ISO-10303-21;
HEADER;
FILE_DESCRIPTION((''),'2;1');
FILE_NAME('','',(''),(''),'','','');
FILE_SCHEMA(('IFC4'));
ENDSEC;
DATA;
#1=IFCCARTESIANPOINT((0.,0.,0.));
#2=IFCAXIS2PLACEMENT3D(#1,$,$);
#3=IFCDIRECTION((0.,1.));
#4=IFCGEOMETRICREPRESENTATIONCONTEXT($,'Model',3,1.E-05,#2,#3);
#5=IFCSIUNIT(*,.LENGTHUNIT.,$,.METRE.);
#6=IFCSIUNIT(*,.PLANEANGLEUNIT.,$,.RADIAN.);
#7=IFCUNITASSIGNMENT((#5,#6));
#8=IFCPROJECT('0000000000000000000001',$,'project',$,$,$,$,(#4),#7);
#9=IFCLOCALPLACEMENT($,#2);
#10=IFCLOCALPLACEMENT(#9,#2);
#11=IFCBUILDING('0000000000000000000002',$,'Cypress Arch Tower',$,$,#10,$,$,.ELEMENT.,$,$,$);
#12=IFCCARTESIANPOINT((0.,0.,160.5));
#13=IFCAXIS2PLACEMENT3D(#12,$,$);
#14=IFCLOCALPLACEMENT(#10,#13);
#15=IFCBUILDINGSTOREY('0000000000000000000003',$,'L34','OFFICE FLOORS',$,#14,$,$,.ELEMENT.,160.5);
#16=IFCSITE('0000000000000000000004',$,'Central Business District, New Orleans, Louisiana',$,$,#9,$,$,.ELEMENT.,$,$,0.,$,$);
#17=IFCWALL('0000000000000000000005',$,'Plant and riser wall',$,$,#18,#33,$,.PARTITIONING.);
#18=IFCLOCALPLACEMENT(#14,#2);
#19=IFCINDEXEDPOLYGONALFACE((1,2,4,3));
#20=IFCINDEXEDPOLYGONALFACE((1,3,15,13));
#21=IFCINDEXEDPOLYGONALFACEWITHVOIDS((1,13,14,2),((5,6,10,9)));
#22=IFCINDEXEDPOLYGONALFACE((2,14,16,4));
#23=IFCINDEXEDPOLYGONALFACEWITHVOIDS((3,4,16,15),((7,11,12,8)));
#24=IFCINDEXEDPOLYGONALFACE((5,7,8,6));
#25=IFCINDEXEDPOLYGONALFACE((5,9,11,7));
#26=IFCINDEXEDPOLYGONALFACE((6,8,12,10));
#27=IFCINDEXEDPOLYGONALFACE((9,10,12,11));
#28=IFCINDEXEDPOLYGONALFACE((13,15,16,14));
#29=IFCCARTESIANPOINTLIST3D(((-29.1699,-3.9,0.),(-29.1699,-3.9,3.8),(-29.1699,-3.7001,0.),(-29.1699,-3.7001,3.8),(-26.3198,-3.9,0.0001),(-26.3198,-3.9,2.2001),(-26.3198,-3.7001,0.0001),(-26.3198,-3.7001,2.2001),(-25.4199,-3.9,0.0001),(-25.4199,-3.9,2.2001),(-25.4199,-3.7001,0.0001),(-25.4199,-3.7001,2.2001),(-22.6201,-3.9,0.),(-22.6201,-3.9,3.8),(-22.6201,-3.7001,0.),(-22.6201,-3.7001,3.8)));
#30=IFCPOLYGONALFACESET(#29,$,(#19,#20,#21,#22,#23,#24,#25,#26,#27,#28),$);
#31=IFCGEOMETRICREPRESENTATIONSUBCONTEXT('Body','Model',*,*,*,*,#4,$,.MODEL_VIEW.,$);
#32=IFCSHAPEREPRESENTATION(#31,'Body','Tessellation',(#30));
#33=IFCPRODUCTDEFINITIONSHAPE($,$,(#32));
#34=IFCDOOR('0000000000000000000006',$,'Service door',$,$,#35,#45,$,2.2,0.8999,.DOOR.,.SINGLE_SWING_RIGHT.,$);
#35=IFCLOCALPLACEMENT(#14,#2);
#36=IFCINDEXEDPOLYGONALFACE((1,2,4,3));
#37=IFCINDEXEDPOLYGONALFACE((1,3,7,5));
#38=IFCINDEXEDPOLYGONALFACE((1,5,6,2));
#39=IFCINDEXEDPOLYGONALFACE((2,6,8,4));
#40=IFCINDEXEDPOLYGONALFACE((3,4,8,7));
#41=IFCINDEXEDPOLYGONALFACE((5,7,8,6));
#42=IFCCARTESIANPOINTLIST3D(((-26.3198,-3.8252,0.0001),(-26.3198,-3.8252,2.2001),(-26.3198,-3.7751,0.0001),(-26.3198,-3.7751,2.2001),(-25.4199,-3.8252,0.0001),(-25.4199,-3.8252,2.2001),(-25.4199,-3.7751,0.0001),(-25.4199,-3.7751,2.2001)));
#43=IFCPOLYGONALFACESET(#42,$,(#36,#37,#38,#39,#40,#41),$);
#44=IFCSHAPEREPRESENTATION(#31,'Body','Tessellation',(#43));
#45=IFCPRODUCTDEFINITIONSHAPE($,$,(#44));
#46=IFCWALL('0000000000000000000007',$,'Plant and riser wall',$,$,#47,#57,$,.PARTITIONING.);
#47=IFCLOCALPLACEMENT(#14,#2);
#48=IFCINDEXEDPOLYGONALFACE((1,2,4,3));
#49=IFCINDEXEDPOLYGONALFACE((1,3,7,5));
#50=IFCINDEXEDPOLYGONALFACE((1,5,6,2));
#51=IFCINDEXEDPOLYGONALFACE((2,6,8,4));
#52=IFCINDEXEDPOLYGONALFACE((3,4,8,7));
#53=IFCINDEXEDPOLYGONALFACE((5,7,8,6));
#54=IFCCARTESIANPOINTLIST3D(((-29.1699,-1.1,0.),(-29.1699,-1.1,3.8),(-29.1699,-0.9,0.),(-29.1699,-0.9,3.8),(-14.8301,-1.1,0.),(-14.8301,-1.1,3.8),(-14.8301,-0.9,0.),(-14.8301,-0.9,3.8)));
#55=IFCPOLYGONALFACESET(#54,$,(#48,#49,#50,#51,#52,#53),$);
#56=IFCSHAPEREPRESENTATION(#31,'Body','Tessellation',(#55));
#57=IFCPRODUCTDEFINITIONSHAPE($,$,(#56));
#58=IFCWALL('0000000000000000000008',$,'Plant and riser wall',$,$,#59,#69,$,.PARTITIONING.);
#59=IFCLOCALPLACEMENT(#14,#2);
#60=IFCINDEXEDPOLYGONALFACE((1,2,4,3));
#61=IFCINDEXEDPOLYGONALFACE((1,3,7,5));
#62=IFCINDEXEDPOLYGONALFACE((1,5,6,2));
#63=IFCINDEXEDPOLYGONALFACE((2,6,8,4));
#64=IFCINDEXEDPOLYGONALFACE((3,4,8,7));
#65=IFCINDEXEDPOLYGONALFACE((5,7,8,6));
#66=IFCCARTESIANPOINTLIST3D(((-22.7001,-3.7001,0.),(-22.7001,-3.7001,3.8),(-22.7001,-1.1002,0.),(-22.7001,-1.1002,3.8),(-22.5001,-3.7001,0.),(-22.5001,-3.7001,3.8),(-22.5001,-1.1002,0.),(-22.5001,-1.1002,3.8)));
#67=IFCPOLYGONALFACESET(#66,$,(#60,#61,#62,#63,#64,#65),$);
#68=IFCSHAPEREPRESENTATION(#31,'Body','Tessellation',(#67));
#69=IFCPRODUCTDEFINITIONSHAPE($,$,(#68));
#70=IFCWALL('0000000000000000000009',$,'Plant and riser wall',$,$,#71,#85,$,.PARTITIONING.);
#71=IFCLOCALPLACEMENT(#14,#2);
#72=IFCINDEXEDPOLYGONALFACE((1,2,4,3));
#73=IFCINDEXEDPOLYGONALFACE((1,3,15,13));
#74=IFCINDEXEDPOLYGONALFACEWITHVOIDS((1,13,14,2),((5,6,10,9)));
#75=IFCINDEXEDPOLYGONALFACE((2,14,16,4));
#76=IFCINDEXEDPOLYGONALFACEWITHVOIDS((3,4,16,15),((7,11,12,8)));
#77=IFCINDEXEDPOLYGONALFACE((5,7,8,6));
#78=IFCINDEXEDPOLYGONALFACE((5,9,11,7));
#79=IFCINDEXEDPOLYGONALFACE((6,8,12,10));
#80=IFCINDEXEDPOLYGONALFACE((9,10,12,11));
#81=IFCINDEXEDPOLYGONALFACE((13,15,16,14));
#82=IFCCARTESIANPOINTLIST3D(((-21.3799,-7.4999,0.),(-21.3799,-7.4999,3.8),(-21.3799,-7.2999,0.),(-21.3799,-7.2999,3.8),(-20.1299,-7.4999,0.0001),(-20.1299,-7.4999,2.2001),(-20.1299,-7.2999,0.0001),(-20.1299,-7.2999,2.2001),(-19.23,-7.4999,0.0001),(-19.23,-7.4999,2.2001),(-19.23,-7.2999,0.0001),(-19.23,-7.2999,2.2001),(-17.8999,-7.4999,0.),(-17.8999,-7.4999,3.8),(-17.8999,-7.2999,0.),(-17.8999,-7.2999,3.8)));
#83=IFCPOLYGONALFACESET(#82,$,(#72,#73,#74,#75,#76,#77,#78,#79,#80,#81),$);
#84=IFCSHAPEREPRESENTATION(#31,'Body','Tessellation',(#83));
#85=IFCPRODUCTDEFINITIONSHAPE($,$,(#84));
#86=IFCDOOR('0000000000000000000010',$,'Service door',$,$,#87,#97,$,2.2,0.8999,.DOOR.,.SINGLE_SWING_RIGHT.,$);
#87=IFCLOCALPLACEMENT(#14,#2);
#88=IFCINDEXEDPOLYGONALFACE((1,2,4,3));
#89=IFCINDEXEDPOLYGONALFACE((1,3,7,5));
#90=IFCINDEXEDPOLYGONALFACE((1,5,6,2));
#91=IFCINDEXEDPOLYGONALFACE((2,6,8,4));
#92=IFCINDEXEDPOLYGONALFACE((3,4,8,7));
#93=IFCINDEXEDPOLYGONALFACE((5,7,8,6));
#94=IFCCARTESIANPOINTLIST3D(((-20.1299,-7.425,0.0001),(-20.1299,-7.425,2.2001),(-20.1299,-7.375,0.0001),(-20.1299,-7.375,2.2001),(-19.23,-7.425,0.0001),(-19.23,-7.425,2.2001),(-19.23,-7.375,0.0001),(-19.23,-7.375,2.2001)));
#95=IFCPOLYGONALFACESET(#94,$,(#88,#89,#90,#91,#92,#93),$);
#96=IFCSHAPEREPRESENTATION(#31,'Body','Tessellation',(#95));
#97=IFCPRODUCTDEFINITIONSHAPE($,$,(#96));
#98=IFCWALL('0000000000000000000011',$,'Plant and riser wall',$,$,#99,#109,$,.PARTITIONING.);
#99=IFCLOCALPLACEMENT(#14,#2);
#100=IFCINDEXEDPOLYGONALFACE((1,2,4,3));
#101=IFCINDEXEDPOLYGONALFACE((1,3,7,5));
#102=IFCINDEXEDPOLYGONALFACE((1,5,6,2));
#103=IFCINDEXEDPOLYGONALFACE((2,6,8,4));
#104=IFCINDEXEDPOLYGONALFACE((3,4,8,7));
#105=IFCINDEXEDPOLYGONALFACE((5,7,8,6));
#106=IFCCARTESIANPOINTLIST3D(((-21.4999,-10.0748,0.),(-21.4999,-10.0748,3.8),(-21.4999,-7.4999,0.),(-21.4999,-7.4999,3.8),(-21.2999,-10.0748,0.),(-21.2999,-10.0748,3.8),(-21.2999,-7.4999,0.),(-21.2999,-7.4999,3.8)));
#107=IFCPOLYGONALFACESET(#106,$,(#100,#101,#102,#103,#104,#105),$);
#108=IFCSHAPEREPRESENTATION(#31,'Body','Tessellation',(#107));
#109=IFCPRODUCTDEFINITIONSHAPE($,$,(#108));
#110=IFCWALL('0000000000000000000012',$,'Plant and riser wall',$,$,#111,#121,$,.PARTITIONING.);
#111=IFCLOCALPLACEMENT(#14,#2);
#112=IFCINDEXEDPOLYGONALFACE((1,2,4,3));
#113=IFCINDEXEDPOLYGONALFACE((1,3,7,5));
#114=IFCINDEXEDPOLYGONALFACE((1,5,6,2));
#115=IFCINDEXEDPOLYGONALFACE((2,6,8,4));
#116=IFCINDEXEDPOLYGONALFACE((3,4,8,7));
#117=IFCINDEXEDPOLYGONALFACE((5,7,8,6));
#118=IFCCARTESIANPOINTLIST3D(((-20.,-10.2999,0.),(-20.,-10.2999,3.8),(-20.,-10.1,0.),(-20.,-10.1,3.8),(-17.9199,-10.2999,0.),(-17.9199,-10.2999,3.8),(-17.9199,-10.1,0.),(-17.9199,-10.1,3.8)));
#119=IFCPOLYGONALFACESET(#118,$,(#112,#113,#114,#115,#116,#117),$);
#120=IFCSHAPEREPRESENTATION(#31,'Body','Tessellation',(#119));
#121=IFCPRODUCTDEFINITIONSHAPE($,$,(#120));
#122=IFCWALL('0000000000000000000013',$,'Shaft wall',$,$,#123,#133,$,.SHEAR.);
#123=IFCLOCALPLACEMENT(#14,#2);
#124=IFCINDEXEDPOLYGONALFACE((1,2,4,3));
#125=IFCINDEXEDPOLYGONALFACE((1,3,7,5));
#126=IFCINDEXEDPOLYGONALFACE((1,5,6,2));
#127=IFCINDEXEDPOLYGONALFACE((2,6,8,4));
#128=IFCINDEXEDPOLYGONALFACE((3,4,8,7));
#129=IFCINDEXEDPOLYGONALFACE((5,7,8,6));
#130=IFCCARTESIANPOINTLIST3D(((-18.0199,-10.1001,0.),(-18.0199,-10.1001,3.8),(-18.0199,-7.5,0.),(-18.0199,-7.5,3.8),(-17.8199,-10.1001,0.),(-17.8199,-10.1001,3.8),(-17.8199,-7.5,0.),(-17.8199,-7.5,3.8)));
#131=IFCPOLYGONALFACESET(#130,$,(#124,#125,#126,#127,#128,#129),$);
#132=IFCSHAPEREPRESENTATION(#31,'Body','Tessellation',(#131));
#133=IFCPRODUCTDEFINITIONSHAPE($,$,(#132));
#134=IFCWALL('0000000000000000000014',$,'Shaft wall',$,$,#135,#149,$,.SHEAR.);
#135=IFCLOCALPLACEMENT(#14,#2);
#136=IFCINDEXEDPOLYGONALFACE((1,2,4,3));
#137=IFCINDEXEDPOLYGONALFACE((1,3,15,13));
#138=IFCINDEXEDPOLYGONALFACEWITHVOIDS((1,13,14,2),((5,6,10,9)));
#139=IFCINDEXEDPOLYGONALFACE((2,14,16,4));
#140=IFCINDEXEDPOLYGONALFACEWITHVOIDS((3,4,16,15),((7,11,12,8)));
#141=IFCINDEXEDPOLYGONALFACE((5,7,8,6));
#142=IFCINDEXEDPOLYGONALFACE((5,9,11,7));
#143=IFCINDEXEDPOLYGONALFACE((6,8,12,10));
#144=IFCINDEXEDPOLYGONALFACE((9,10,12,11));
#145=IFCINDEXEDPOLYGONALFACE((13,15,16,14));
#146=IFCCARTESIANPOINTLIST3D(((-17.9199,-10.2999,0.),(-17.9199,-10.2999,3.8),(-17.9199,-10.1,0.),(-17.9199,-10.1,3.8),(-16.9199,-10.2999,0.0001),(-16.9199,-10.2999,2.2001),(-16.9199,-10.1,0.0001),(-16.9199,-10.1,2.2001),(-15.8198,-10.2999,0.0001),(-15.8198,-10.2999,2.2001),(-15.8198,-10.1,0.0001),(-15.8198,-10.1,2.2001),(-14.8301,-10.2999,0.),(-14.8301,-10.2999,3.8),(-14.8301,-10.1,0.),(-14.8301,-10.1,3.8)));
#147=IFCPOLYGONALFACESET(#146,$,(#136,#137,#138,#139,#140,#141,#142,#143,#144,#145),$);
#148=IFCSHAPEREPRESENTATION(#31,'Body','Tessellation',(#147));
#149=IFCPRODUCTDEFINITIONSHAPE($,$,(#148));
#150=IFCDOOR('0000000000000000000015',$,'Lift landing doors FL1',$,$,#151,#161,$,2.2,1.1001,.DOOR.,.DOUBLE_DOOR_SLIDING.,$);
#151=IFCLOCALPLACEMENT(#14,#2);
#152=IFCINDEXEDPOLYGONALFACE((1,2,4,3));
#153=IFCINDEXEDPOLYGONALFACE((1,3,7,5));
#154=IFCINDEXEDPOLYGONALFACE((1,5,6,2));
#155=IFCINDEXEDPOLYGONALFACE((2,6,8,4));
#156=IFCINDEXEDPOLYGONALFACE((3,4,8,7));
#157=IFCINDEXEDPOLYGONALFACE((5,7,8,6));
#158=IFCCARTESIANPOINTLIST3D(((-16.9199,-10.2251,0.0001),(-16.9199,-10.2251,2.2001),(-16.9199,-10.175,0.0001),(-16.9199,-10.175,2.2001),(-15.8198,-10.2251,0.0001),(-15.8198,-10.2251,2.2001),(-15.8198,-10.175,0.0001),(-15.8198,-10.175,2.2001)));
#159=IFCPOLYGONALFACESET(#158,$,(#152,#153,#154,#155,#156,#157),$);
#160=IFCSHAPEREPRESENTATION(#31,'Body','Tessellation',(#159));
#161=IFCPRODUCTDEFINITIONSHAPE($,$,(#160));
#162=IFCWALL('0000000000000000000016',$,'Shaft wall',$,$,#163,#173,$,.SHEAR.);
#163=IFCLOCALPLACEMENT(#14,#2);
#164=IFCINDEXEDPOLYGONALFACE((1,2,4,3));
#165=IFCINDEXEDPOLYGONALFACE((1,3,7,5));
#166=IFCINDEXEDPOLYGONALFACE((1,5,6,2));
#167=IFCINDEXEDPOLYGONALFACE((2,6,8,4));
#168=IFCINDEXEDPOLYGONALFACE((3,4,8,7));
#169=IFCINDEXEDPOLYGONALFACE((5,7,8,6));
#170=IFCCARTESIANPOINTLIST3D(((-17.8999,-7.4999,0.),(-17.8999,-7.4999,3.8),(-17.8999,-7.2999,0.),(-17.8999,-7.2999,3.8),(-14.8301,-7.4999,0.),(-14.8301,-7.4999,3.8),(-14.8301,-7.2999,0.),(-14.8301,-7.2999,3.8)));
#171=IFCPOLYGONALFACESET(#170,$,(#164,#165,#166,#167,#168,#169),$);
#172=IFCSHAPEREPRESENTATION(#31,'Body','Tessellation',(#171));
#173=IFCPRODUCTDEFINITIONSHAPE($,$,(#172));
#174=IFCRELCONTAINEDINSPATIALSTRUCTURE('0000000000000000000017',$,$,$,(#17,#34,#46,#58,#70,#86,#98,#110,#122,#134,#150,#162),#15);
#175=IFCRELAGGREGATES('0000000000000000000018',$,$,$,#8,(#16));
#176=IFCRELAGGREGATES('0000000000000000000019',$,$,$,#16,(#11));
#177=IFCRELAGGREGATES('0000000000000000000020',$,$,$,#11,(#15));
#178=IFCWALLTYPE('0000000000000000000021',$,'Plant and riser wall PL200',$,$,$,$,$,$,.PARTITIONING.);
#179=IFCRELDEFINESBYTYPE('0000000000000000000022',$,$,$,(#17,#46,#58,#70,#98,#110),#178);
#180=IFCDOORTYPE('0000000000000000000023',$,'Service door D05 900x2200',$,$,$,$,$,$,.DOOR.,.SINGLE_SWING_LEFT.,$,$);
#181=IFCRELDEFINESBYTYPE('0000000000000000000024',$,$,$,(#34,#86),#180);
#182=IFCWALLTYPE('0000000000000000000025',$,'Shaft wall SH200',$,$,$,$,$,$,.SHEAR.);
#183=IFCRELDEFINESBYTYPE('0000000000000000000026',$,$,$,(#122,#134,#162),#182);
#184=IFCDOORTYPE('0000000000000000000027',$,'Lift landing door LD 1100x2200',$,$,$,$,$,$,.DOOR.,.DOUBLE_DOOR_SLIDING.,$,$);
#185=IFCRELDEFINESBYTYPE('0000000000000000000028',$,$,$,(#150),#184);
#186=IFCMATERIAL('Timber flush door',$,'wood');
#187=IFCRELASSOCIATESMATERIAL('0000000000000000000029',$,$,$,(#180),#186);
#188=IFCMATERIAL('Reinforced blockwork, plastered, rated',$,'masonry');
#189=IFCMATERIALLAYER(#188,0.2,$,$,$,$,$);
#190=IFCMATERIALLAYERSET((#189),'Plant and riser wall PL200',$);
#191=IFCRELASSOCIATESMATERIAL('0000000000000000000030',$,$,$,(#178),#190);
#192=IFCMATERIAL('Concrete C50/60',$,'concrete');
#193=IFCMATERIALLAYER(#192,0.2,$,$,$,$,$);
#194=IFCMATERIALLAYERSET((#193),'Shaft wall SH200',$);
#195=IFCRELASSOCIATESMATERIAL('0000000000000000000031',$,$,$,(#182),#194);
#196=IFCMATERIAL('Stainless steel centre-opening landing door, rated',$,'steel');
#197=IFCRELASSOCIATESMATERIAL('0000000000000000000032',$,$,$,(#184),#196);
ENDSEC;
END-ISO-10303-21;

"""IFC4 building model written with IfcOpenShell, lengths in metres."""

from ifc_helpers import new_model, si_unit, direction, frame, frame_2d, origin, place, context, subcontext, project, spatial, rectangle, extrude, material, layer, layer_set, type_object, element, fill, save


model = new_model("IFC4")

# Units and contexts
model_context = context("Model", 3, precision=1e-05, world=origin(), true_north=direction((0.0, 1.0)))
body_context = subcontext(model_context, "Body", "Model", "MODEL_VIEW")
ifc_project = project(units=[si_unit("LENGTHUNIT", "METRE"), si_unit("PLANEANGLEUNIT", "RADIAN")], contexts=[model_context])

# Site, building, storey
site_placement = place(None, origin())
site = spatial("IfcSite", under=ifc_project, at=site_placement, Name="Central Business District, New Orleans, Louisiana", CompositionType="ELEMENT", RefElevation=0.0)
building_placement = place(site_placement, origin())
building = spatial("IfcBuilding", under=site, at=building_placement, Name="Cypress Arch Tower", CompositionType="ELEMENT")
storey_placement = place(building_placement, frame((0.0, 0.0, 160.5)))
storey = spatial("IfcBuildingStorey", under=building, at=storey_placement, Name="L34", Description="OFFICE FLOORS", CompositionType="ELEMENT", Elevation=160.5)

# Shared definitions
ifc_material_1 = material(Name="Timber flush door", Category="wood")
door_type_1 = type_object("IfcDoorType", Name="Service door D05 900x2200", OperationType="SINGLE_SWING_LEFT", PredefinedType="DOOR", material=ifc_material_1)

# Wall, opening, door
ifc_material_2 = material(Name="Reinforced blockwork, plastered, rated", Category="masonry")
ifc_layer_1 = layer(ifc_material_2, 0.2)
ifc_layer_set_1 = layer_set([ifc_layer_1], Name="Plant and riser wall PL200")
wall_type_1 = type_object("IfcWallType", Name="Plant and riser wall PL200", PredefinedType="PARTITIONING", material=ifc_layer_set_1)
wall_1_placement = place(storey_placement, frame((-29.1699, -3.8, 0.0), z_axis=(0.0, 0.0, 1.0), x_axis=(1.0, 0.0, 0.0)))
wall_1 = element("IfcWall", 1, at=wall_1_placement, inside=storey, type_object=wall_type_1, Name="Plant and riser wall", PredefinedType="PARTITIONING", context=body_context, shape_type="SweptSolid", body=[
    extrude(rectangle(XDim=6.5498, YDim=0.2, at=frame_2d((3.2749, 0.0))), origin(), (0.0, 0.0, 1.0), 3.8),
])
opening_1_placement = place(wall_1_placement, frame((2.8501, 0.0, 0.0)))
opening_1 = element("IfcOpeningElement", 2, at=opening_1_placement, cuts=wall_1, PredefinedType="OPENING", context=body_context, shape_type="SweptSolid", body=[
    extrude(rectangle(XDim=0.8999, YDim=2.2, at=frame_2d((0.45, 1.1001))), frame((0.0, 0.1099, 0.0), z_axis=(0.0, -1.0, 0.0), x_axis=(1.0, 0.0, 0.0)), (0.0, 0.0, 1.0), 0.22),
])
door_1_placement = place(opening_1_placement, origin())
door_1 = element("IfcDoor", 3, at=door_1_placement, inside=storey, type_object=door_type_1, Name="Service door", OperationType="SINGLE_SWING_RIGHT", OverallHeight=2.2, OverallWidth=0.8999, PredefinedType="DOOR", context=body_context, shape_type="SweptSolid", body=[
    extrude(rectangle(XDim=0.8999, YDim=2.2, at=frame_2d((0.45, 1.1001))), frame((0.0, 0.0249, 0.0), z_axis=(0.0, -1.0, 0.0), x_axis=(1.0, 0.0, 0.0)), (0.0, 0.0, 1.0), 0.05),
])
fill(opening_1, door_1)

# Walls
wall_2_placement = place(storey_placement, frame((-29.1699, -1.0, 0.0), z_axis=(0.0, 0.0, 1.0), x_axis=(1.0, 0.0, 0.0)))
element("IfcWall", 4, at=wall_2_placement, inside=storey, type_object=wall_type_1, Name="Plant and riser wall", PredefinedType="PARTITIONING", context=body_context, shape_type="SweptSolid", body=[
    extrude(rectangle(XDim=14.3398, YDim=0.2, at=frame_2d((7.1699, 0.0))), origin(), (0.0, 0.0, 1.0), 3.8),
])
wall_3_placement = place(storey_placement, frame((-22.6001, -3.7, 0.0), z_axis=(0.0, 0.0, 1.0), x_axis=(0.0, 1.0, 0.0)))
element("IfcWall", 5, at=wall_3_placement, inside=storey, type_object=wall_type_1, Name="Plant and riser wall", PredefinedType="PARTITIONING", context=body_context, shape_type="SweptSolid", body=[
    extrude(rectangle(XDim=2.5999, YDim=0.2, at=frame_2d((1.2998, 0.0))), origin(), (0.0, 0.0, 1.0), 3.8),
])

# Wall, opening, door
wall_4_placement = place(storey_placement, frame((-21.3799, -7.3999, 0.0), z_axis=(0.0, 0.0, 1.0), x_axis=(1.0, 0.0, 0.0)))
wall_4 = element("IfcWall", 6, at=wall_4_placement, inside=storey, type_object=wall_type_1, Name="Plant and riser wall", PredefinedType="PARTITIONING", context=body_context, shape_type="SweptSolid", body=[
    extrude(rectangle(XDim=3.48, YDim=0.2, at=frame_2d((1.74, 0.0))), origin(), (0.0, 0.0, 1.0), 3.8),
])
opening_2_placement = place(wall_4_placement, frame((1.25, 0.0, 0.0)))
opening_2 = element("IfcOpeningElement", 7, at=opening_2_placement, cuts=wall_4, PredefinedType="OPENING", context=body_context, shape_type="SweptSolid", body=[
    extrude(rectangle(XDim=0.8999, YDim=2.2, at=frame_2d((0.45, 1.1001))), frame((0.0, 0.1099, 0.0), z_axis=(0.0, -1.0, 0.0), x_axis=(1.0, 0.0, 0.0)), (0.0, 0.0, 1.0), 0.22),
])
door_2_placement = place(opening_2_placement, origin())
door_2 = element("IfcDoor", 8, at=door_2_placement, inside=storey, type_object=door_type_1, Name="Service door", OperationType="SINGLE_SWING_RIGHT", OverallHeight=2.2, OverallWidth=0.8999, PredefinedType="DOOR", context=body_context, shape_type="SweptSolid", body=[
    extrude(rectangle(XDim=0.8999, YDim=2.2, at=frame_2d((0.45, 1.1001))), frame((0.0, 0.0249, 0.0), z_axis=(0.0, -1.0, 0.0), x_axis=(1.0, 0.0, 0.0)), (0.0, 0.0, 1.0), 0.05),
])
fill(opening_2, door_2)

# Walls
wall_5_placement = place(storey_placement, frame((-21.3999, -10.075, 0.0), z_axis=(0.0, 0.0, 1.0), x_axis=(0.0, 1.0, 0.0)))
element("IfcWall", 9, at=wall_5_placement, inside=storey, type_object=wall_type_1, Name="Plant and riser wall", PredefinedType="PARTITIONING", context=body_context, shape_type="SweptSolid", body=[
    extrude(rectangle(XDim=2.575, YDim=0.2, at=frame_2d((1.2876, 0.0))), origin(), (0.0, 0.0, 1.0), 3.8),
])
wall_6_placement = place(storey_placement, frame((-20.0, -10.2, 0.0), z_axis=(0.0, 0.0, 1.0), x_axis=(1.0, 0.0, 0.0)))
element("IfcWall", 10, at=wall_6_placement, inside=storey, type_object=wall_type_1, Name="Plant and riser wall", PredefinedType="PARTITIONING", context=body_context, shape_type="SweptSolid", body=[
    extrude(rectangle(XDim=2.0801, YDim=0.2, at=frame_2d((1.04, 0.0))), origin(), (0.0, 0.0, 1.0), 3.8),
])
ifc_material_3 = material(Name="Concrete C50/60", Category="concrete")
ifc_layer_2 = layer(ifc_material_3, 0.2)
ifc_layer_set_2 = layer_set([ifc_layer_2], Name="Shaft wall SH200")
wall_type_2 = type_object("IfcWallType", Name="Shaft wall SH200", PredefinedType="SHEAR", material=ifc_layer_set_2)
wall_7_placement = place(storey_placement, frame((-17.9199, -10.1001, 0.0), z_axis=(0.0, 0.0, 1.0), x_axis=(0.0, 1.0, 0.0)))
element("IfcWall", 11, at=wall_7_placement, inside=storey, type_object=wall_type_2, Name="Shaft wall", PredefinedType="SHEAR", context=body_context, shape_type="SweptSolid", body=[
    extrude(rectangle(XDim=2.6001, YDim=0.2, at=frame_2d((1.3, 0.0))), origin(), (0.0, 0.0, 1.0), 3.8),
])

# Wall, opening, door
wall_8_placement = place(storey_placement, frame((-17.9199, -10.2, 0.0), z_axis=(0.0, 0.0, 1.0), x_axis=(1.0, 0.0, 0.0)))
wall_8 = element("IfcWall", 12, at=wall_8_placement, inside=storey, type_object=wall_type_2, Name="Shaft wall", PredefinedType="SHEAR", context=body_context, shape_type="SweptSolid", body=[
    extrude(rectangle(XDim=3.0898, YDim=0.2, at=frame_2d((1.5449, 0.0))), origin(), (0.0, 0.0, 1.0), 3.8),
])
opening_3_placement = place(wall_8_placement, frame((1.0, 0.0, 0.0)))
opening_3 = element("IfcOpeningElement", 13, at=opening_3_placement, cuts=wall_8, PredefinedType="OPENING", context=body_context, shape_type="SweptSolid", body=[
    extrude(rectangle(XDim=1.1001, YDim=2.2, at=frame_2d((0.55, 1.1001))), frame((0.0, 0.1099, 0.0), z_axis=(0.0, -1.0, 0.0), x_axis=(1.0, 0.0, 0.0)), (0.0, 0.0, 1.0), 0.22),
])
ifc_material_4 = material(Name="Stainless steel centre-opening landing door, rated", Category="steel")
door_type_2 = type_object("IfcDoorType", Name="Lift landing door LD 1100x2200", OperationType="DOUBLE_DOOR_SLIDING", PredefinedType="DOOR", material=ifc_material_4)
door_3_placement = place(opening_3_placement, origin())
door_3 = element("IfcDoor", 14, at=door_3_placement, inside=storey, type_object=door_type_2, Name="Lift landing doors FL1", OperationType="DOUBLE_DOOR_SLIDING", OverallHeight=2.2, OverallWidth=1.1001, PredefinedType="DOOR", context=body_context, shape_type="SweptSolid", body=[
    extrude(rectangle(XDim=1.1001, YDim=2.2, at=frame_2d((0.55, 1.1001))), frame((0.0, 0.0249, 0.0), z_axis=(0.0, -1.0, 0.0), x_axis=(1.0, 0.0, 0.0)), (0.0, 0.0, 1.0), 0.05),
])
fill(opening_3, door_3)

# Wall
wall_9_placement = place(storey_placement, frame((-17.8999, -7.3999, 0.0), z_axis=(0.0, 0.0, 1.0), x_axis=(1.0, 0.0, 0.0)))
element("IfcWall", 15, at=wall_9_placement, inside=storey, type_object=wall_type_2, Name="Shaft wall", PredefinedType="SHEAR", context=body_context, shape_type="SweptSolid", body=[
    extrude(rectangle(XDim=3.0698, YDim=0.2, at=frame_2d((1.5349, 0.0))), origin(), (0.0, 0.0, 1.0), 3.8),
])

save(model, "model.ifc")
